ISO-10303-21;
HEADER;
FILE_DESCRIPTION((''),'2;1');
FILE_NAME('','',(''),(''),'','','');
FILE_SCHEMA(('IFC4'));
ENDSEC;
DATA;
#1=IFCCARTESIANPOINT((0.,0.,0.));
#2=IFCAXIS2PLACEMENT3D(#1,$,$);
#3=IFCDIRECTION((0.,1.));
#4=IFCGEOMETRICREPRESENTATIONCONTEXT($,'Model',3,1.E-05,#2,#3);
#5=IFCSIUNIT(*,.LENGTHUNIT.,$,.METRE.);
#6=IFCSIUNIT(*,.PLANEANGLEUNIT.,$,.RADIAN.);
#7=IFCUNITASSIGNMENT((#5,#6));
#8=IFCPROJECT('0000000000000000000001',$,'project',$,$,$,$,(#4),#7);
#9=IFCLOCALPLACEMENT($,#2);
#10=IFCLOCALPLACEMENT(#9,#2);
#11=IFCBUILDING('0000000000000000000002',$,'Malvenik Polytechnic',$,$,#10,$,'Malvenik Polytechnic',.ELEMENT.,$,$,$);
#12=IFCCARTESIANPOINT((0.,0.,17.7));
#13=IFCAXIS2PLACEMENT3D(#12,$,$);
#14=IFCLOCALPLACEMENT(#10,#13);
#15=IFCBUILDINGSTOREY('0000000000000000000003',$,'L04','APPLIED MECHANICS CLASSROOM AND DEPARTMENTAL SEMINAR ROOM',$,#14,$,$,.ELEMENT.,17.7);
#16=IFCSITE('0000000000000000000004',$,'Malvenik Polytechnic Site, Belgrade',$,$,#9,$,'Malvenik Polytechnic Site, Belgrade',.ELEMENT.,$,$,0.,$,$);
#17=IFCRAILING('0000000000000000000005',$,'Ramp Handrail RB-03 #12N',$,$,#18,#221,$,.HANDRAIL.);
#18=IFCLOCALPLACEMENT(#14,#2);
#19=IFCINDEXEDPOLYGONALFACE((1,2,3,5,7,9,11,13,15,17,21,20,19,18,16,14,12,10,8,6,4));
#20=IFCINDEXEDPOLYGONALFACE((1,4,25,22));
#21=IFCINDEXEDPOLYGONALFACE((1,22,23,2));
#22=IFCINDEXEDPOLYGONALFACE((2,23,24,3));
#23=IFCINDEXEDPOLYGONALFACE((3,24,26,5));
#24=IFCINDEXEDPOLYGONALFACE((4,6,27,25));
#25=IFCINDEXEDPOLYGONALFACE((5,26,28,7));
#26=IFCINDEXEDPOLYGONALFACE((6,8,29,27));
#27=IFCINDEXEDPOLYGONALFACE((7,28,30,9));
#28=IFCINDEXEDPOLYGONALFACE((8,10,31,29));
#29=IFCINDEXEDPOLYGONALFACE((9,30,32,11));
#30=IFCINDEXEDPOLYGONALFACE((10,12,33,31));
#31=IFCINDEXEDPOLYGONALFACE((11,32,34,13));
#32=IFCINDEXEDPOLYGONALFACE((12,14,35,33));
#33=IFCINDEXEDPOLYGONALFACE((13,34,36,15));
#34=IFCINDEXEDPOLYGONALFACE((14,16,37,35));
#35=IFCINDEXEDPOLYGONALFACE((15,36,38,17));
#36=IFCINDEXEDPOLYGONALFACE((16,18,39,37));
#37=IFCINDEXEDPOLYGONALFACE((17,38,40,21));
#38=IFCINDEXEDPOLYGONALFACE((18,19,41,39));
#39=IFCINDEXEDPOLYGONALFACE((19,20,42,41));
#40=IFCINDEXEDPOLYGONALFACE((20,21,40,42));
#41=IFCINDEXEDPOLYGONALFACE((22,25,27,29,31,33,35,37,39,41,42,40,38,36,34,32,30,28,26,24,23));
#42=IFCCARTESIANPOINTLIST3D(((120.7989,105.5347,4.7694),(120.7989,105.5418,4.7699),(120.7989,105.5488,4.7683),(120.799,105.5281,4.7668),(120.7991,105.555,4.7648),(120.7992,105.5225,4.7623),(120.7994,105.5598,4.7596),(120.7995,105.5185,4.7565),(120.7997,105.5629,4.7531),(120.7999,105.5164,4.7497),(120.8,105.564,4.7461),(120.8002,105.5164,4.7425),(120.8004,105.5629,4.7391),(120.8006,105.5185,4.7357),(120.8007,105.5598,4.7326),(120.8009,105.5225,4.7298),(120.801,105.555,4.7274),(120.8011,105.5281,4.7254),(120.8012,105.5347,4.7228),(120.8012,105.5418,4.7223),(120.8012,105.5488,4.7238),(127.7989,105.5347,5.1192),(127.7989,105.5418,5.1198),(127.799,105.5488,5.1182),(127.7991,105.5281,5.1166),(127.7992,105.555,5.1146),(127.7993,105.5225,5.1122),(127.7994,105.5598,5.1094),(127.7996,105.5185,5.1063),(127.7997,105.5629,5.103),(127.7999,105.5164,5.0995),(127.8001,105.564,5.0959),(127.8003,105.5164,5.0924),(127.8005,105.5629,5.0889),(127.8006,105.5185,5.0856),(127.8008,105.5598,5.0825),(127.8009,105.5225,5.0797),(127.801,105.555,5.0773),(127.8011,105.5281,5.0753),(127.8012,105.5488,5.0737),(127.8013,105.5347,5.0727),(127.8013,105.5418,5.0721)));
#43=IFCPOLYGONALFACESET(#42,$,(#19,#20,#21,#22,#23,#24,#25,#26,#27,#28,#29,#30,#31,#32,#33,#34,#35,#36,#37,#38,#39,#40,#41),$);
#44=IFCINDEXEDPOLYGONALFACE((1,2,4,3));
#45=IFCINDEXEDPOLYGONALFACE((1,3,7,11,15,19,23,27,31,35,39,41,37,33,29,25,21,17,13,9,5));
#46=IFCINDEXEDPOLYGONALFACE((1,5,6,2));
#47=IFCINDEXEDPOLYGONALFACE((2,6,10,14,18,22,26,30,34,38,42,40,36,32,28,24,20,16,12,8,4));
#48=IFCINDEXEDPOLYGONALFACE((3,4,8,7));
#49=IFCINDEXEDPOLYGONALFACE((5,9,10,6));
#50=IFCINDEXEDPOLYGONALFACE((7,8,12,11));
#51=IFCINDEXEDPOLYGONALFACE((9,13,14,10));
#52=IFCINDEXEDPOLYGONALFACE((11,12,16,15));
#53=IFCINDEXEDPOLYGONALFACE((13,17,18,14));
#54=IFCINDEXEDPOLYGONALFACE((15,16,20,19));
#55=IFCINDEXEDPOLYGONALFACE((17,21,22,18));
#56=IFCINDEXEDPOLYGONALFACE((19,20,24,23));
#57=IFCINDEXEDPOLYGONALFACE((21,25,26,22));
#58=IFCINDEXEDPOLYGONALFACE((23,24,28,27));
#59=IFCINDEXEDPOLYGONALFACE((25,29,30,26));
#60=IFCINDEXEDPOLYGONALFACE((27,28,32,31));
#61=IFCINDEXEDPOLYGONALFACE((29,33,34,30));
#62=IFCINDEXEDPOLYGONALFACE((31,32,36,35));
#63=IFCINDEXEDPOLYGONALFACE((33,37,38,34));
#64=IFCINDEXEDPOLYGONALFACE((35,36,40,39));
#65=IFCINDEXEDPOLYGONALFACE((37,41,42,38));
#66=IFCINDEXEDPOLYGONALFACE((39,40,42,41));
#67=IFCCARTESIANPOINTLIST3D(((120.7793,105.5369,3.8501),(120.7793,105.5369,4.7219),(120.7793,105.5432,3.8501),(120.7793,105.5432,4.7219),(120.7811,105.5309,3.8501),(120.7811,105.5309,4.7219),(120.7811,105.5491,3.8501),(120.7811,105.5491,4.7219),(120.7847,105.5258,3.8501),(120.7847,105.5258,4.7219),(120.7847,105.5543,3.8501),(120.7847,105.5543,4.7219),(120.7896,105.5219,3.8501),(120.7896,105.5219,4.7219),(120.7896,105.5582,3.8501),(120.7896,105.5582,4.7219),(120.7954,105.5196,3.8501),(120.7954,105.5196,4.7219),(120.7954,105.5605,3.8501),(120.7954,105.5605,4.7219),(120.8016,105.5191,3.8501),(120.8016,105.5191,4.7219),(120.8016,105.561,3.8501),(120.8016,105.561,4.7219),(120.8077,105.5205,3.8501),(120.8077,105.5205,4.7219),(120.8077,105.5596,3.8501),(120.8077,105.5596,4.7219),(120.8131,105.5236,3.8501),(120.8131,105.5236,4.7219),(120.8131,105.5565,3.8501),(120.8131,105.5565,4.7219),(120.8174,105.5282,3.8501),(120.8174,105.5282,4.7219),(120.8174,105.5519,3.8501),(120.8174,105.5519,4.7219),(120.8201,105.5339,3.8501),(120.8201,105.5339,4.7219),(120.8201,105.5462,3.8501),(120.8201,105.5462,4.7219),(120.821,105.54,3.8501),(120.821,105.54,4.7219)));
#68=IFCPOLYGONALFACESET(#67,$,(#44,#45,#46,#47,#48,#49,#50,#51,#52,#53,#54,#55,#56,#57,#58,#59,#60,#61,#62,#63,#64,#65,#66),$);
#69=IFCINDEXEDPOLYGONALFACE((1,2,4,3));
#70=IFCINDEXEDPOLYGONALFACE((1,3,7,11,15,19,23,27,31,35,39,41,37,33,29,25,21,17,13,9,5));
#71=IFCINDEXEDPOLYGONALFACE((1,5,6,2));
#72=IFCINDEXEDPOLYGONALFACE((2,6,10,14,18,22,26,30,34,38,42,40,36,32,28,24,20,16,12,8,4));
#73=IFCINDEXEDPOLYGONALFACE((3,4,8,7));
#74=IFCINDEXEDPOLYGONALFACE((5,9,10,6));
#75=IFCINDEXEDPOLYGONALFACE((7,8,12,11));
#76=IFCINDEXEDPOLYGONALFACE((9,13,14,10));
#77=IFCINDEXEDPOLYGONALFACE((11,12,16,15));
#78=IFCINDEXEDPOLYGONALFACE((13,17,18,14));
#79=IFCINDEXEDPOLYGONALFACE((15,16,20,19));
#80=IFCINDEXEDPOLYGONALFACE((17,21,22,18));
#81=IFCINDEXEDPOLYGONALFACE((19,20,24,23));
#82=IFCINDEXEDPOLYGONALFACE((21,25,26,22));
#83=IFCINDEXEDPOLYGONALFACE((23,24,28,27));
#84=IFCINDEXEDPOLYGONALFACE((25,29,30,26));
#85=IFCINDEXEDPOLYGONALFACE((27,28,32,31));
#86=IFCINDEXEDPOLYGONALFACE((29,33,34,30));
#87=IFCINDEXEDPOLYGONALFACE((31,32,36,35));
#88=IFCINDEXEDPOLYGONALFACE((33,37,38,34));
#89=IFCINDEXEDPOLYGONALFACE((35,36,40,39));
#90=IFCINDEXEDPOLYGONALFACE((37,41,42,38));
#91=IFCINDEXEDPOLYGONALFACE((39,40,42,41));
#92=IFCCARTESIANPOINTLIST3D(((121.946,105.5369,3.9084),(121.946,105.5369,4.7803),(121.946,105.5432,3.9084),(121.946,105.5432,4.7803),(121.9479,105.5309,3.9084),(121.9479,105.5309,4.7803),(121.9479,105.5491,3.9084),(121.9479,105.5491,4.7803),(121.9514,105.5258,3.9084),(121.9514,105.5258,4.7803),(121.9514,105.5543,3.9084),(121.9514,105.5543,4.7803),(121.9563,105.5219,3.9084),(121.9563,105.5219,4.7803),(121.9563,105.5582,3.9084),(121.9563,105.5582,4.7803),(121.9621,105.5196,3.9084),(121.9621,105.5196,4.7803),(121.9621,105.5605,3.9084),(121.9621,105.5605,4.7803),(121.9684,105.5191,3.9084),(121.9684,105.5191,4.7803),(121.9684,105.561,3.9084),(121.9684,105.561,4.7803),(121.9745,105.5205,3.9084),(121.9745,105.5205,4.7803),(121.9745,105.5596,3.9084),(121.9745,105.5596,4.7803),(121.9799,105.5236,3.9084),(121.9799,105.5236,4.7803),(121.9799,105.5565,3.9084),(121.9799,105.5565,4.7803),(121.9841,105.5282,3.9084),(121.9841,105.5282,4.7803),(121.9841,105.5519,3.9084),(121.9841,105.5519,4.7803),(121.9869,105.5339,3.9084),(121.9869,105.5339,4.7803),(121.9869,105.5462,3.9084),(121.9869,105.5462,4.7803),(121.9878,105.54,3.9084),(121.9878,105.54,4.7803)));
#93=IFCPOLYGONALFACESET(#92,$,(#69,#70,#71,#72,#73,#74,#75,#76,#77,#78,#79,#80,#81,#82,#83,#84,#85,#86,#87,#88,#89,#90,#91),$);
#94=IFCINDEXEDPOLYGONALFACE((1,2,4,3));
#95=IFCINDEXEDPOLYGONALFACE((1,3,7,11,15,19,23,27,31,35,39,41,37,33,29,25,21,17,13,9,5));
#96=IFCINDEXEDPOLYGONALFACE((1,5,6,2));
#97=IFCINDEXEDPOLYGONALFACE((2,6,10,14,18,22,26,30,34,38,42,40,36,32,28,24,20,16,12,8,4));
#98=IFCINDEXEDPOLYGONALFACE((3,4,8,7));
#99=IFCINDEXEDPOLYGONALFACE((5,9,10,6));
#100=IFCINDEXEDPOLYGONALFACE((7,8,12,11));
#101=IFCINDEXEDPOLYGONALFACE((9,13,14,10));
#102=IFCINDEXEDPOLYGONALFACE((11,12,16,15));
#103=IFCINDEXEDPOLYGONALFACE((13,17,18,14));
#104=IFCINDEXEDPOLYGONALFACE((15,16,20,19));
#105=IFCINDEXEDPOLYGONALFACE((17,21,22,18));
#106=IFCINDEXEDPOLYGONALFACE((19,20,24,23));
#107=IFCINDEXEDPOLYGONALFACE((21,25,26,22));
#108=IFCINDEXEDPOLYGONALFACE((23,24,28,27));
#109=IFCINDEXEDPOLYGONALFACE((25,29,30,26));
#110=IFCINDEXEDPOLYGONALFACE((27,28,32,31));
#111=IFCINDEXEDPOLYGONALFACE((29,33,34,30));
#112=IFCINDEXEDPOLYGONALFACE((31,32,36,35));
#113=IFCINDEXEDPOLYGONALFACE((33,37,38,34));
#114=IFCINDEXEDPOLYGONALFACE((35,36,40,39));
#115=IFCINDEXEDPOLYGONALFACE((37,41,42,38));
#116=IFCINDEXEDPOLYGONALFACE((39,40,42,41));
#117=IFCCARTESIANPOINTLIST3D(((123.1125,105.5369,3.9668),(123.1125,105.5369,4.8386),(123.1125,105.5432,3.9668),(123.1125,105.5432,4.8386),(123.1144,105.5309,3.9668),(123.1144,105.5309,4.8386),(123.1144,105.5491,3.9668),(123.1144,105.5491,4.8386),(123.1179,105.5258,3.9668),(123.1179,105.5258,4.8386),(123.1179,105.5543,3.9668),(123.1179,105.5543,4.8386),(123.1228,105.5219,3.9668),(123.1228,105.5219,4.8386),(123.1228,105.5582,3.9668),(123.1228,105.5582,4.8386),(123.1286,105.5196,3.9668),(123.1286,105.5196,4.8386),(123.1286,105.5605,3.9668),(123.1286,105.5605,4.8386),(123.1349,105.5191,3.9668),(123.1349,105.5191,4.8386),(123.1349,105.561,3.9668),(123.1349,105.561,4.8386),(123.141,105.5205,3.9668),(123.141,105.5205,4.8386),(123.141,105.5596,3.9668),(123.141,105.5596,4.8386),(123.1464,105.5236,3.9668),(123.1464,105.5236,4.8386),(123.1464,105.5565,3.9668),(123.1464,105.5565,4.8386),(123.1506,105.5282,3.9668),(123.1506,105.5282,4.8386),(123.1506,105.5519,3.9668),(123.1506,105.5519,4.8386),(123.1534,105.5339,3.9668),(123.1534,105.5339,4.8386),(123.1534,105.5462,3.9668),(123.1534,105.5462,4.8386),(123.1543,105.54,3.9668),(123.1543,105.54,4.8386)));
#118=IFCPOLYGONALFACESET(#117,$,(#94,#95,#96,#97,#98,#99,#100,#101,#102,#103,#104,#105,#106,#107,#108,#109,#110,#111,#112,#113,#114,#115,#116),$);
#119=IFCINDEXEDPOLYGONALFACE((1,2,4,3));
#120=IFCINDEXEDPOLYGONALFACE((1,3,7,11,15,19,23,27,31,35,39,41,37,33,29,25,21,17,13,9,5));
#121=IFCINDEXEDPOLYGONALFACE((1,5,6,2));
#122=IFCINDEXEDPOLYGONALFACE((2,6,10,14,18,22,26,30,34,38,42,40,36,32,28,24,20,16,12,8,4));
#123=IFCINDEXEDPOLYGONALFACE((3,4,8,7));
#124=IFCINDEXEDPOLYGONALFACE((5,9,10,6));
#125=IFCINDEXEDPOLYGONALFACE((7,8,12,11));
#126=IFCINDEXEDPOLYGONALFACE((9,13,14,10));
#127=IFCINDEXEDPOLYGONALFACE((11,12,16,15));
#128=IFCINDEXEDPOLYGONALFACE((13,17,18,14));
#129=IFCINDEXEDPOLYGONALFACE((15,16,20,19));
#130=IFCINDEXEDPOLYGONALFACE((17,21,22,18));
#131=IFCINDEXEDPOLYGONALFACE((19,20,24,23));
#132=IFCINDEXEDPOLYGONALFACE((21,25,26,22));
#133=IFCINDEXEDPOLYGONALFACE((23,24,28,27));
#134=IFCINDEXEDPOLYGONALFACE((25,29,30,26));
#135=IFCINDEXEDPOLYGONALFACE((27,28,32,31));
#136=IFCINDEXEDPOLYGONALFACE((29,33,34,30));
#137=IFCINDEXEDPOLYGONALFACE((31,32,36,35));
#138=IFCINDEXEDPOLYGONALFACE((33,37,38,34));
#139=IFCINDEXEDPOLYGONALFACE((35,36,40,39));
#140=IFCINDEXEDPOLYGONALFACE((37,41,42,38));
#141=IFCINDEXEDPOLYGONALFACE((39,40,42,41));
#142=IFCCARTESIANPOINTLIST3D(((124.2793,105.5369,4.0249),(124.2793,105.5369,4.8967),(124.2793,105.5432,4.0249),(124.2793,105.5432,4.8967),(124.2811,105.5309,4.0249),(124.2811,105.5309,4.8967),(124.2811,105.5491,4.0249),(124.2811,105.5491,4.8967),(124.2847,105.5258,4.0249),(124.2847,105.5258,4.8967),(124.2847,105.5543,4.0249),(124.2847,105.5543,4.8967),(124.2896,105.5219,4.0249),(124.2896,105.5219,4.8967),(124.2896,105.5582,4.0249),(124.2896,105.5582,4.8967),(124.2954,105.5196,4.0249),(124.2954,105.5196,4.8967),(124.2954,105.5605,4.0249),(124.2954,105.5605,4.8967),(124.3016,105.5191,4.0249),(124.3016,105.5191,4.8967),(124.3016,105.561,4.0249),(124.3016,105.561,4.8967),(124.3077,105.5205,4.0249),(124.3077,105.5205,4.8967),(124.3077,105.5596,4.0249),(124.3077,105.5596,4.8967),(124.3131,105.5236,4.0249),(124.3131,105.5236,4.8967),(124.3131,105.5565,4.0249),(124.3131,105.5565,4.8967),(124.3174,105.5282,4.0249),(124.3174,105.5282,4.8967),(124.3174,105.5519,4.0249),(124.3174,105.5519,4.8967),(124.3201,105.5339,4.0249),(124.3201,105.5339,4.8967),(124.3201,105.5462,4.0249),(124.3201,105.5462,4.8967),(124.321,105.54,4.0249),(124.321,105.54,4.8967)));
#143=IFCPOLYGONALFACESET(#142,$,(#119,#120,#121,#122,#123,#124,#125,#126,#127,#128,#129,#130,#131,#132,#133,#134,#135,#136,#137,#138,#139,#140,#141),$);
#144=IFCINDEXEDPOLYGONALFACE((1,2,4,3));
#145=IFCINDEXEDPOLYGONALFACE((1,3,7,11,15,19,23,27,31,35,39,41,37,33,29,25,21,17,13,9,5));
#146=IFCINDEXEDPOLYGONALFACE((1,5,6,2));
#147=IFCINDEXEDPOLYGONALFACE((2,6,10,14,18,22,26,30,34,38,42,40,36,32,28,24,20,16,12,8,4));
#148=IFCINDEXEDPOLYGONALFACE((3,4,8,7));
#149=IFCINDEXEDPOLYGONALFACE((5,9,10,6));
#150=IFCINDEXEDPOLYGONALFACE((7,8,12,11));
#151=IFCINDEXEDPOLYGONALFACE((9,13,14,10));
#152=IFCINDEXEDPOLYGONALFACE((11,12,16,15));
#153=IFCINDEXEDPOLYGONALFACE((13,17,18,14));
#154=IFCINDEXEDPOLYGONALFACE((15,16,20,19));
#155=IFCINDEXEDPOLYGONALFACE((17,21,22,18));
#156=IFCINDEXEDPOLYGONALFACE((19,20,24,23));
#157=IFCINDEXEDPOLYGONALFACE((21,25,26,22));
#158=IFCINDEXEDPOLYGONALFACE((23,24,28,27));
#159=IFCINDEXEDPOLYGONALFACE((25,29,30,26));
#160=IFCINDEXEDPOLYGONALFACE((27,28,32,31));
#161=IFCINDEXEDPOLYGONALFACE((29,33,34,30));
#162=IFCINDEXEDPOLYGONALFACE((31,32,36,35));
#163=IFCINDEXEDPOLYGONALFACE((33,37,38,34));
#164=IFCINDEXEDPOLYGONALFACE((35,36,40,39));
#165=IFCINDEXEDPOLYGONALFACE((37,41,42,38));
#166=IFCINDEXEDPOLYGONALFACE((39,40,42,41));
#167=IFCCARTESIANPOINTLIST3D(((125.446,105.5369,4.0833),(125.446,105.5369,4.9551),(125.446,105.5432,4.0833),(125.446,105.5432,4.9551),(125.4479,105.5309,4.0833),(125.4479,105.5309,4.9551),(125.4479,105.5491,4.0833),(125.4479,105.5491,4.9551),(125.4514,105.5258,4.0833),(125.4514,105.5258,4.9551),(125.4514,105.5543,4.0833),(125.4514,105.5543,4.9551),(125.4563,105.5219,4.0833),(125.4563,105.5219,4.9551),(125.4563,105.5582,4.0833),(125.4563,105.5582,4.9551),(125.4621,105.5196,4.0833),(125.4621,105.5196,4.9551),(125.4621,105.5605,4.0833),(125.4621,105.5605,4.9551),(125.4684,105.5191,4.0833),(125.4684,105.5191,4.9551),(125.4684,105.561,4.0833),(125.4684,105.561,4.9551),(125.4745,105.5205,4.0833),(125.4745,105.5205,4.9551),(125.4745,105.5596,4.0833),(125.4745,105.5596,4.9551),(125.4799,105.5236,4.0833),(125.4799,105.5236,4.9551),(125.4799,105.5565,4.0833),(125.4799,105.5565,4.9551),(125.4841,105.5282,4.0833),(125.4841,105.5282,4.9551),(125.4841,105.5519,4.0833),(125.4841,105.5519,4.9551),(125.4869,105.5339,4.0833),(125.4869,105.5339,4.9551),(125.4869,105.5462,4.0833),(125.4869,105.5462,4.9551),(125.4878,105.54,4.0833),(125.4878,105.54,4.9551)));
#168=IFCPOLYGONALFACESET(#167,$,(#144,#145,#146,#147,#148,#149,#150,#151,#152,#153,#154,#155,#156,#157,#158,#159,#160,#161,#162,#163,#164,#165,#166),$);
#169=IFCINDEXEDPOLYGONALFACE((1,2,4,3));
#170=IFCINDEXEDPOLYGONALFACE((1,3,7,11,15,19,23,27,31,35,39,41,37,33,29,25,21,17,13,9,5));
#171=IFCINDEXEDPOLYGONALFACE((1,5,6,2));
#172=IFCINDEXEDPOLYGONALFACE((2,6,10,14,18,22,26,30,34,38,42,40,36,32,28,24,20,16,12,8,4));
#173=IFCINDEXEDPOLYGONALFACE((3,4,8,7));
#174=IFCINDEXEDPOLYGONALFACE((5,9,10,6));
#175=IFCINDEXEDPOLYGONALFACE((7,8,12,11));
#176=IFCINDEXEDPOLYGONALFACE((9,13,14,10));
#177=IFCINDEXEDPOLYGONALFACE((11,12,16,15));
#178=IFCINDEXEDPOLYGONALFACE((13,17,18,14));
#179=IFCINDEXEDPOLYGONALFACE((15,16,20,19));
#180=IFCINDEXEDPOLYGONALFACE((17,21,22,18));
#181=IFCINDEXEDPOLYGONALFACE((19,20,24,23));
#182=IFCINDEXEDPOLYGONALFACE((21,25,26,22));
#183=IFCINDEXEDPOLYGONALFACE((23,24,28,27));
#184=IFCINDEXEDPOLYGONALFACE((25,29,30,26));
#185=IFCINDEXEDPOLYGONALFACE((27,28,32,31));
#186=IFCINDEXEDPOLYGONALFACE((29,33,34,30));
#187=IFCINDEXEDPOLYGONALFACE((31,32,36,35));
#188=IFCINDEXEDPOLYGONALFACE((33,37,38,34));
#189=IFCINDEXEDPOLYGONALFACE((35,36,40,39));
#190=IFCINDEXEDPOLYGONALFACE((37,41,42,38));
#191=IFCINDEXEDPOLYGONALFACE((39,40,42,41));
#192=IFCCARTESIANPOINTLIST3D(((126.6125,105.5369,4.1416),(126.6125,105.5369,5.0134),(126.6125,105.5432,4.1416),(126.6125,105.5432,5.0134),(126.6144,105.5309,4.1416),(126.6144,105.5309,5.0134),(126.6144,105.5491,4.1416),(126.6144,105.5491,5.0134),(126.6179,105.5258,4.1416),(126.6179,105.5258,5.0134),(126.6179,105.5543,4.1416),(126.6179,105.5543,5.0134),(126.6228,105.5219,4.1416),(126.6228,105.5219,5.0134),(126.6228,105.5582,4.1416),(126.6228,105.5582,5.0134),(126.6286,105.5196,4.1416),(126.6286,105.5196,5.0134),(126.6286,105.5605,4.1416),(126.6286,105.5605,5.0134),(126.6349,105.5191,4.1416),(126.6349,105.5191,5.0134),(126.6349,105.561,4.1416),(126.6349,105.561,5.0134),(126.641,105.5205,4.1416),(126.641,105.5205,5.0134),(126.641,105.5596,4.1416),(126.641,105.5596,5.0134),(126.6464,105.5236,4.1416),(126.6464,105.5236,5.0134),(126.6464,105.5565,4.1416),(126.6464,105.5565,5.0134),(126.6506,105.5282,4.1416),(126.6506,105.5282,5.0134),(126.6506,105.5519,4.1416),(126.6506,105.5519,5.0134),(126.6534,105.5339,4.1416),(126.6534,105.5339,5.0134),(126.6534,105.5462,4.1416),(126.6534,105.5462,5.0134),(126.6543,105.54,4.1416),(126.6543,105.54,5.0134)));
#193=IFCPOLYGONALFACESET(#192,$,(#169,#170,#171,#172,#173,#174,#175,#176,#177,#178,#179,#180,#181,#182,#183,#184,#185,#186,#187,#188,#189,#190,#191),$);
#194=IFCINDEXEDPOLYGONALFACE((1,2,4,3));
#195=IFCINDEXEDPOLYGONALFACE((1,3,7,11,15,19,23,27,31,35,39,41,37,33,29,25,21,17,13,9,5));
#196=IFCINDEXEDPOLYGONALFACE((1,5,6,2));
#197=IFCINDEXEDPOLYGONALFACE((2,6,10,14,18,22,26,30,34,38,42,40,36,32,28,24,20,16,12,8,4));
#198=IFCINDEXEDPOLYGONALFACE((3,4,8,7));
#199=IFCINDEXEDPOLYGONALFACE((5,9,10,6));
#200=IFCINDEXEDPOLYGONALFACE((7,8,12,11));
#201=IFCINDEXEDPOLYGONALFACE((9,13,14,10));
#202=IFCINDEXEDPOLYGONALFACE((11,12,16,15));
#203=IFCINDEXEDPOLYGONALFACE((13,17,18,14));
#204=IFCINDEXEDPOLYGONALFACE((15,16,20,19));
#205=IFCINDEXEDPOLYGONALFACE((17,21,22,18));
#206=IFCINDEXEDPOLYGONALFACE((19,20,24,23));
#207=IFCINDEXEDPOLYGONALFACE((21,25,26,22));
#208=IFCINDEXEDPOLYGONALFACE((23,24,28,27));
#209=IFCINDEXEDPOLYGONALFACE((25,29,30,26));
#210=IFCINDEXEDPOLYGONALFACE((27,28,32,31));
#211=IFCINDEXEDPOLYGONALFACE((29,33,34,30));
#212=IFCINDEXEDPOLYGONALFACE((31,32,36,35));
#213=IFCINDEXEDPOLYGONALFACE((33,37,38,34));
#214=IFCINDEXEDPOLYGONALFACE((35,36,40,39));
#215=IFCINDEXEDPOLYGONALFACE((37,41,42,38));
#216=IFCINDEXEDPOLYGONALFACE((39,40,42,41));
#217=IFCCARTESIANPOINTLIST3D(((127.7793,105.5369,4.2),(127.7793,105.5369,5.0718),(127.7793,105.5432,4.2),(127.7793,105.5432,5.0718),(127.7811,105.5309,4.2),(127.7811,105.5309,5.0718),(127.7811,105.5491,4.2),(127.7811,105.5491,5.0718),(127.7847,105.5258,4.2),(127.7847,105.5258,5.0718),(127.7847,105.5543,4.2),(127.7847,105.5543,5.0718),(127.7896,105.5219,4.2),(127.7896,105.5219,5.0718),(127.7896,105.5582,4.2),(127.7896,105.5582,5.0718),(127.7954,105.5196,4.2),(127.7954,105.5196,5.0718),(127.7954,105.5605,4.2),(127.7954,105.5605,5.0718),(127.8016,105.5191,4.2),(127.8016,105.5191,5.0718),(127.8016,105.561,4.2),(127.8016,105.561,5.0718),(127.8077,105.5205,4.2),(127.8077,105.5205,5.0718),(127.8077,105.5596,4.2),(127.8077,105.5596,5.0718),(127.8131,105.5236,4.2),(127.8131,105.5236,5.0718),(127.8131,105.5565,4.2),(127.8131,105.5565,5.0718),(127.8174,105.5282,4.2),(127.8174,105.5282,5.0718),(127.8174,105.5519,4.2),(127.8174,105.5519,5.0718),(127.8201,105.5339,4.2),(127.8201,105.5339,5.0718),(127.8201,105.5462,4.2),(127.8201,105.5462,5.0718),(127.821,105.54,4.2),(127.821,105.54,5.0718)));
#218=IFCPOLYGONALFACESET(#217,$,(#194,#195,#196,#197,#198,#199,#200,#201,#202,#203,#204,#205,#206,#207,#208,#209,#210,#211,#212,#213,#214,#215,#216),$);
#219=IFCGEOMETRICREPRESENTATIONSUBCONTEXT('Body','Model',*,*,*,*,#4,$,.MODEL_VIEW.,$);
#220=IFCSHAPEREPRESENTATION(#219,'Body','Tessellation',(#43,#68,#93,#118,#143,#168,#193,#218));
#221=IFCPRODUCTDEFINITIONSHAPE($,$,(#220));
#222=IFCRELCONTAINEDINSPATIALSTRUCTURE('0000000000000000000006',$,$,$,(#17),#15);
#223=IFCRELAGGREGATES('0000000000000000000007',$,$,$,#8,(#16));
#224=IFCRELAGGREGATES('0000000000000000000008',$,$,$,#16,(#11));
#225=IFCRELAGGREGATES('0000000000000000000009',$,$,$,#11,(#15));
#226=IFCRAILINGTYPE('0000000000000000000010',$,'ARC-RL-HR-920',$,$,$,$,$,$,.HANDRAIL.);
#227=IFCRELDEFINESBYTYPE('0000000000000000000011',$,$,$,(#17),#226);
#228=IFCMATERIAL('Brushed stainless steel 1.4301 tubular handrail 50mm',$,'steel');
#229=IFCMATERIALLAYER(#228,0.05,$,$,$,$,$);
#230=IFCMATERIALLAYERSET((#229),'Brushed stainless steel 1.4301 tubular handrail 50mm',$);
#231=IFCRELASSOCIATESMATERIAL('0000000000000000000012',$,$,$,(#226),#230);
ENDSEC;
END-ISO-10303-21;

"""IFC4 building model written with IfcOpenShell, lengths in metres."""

from ifc_helpers import new_model, si_unit, direction, frame, origin, origin_2d, place, context, subcontext, project, spatial, circle, extrude, material, layer, layer_set, type_object, element, save


model = new_model("IFC4")

# Units and contexts
model_context = context("Model", 3, precision=1e-05, world=origin(), true_north=direction((0.0, 1.0)))
body_context = subcontext(model_context, "Body", "Model", "MODEL_VIEW")
ifc_project = project(units=[si_unit("LENGTHUNIT", "METRE"), si_unit("PLANEANGLEUNIT", "RADIAN")], contexts=[model_context])

# Site, building, storey
site_placement = place(None, origin())
site = spatial("IfcSite", under=ifc_project, at=site_placement, Name="Malvenik Polytechnic Site, Belgrade", LongName="Malvenik Polytechnic Site, Belgrade", CompositionType="ELEMENT", RefElevation=0.0)
building_placement = place(site_placement, origin())
building = spatial("IfcBuilding", under=site, at=building_placement, Name="Malvenik Polytechnic", LongName="Malvenik Polytechnic", CompositionType="ELEMENT")
storey_placement = place(building_placement, frame((0.0, 0.0, 17.7)))
storey = spatial("IfcBuildingStorey", under=building, at=storey_placement, Name="L04", Description="APPLIED MECHANICS CLASSROOM AND DEPARTMENTAL SEMINAR ROOM", CompositionType="ELEMENT", Elevation=17.7)

# Railing
ifc_material_1 = material(Name="Brushed stainless steel 1.4301 tubular handrail 50mm", Category="steel")
ifc_layer_1 = layer(ifc_material_1, 0.05)
ifc_layer_set_1 = layer_set([ifc_layer_1], Name="Brushed stainless steel 1.4301 tubular handrail 50mm")
railing_type_1 = type_object("IfcRailingType", Name="ARC-RL-HR-920", PredefinedType="HANDRAIL", material=ifc_layer_set_1)
railing_1_placement = place(storey_placement, frame((120.8, 105.54, 3.8501)))
element("IfcRailing", 1, at=railing_1_placement, inside=storey, type_object=railing_type_1, Name="Ramp Handrail RB-03 #12N", PredefinedType="HANDRAIL", context=body_context, shape_type="SweptSolid", body=[
    extrude(circle(Radius=0.0239, at=origin_2d()), frame((0.0, 0.0, 0.896), z_axis=(0.998753, 0.0, 0.049917), x_axis=(0.0, 1.0, 0.0)), (0.0, 0.0, 1.0), 7.0088),
    extrude(circle(Radius=0.021, at=origin_2d()), origin(), (0.0, 0.0, 1.0), 0.8718),
    extrude(circle(Radius=0.021, at=origin_2d()), frame((1.1667, 0.0, 0.0583)), (0.0, 0.0, 1.0), 0.8718),
    extrude(circle(Radius=0.021, at=origin_2d()), frame((2.3333, 0.0, 0.1167)), (0.0, 0.0, 1.0), 0.8718),
    extrude(circle(Radius=0.021, at=origin_2d()), frame((3.5, 0.0, 0.1748)), (0.0, 0.0, 1.0), 0.8718),
    extrude(circle(Radius=0.021, at=origin_2d()), frame((4.6667, 0.0, 0.2332)), (0.0, 0.0, 1.0), 0.8718),
    extrude(circle(Radius=0.021, at=origin_2d()), frame((5.8333, 0.0, 0.2915)), (0.0, 0.0, 1.0), 0.8718),
    extrude(circle(Radius=0.021, at=origin_2d()), frame((7.0, 0.0, 0.3499)), (0.0, 0.0, 1.0), 0.8718),
])

save(model, "model.ifc")
